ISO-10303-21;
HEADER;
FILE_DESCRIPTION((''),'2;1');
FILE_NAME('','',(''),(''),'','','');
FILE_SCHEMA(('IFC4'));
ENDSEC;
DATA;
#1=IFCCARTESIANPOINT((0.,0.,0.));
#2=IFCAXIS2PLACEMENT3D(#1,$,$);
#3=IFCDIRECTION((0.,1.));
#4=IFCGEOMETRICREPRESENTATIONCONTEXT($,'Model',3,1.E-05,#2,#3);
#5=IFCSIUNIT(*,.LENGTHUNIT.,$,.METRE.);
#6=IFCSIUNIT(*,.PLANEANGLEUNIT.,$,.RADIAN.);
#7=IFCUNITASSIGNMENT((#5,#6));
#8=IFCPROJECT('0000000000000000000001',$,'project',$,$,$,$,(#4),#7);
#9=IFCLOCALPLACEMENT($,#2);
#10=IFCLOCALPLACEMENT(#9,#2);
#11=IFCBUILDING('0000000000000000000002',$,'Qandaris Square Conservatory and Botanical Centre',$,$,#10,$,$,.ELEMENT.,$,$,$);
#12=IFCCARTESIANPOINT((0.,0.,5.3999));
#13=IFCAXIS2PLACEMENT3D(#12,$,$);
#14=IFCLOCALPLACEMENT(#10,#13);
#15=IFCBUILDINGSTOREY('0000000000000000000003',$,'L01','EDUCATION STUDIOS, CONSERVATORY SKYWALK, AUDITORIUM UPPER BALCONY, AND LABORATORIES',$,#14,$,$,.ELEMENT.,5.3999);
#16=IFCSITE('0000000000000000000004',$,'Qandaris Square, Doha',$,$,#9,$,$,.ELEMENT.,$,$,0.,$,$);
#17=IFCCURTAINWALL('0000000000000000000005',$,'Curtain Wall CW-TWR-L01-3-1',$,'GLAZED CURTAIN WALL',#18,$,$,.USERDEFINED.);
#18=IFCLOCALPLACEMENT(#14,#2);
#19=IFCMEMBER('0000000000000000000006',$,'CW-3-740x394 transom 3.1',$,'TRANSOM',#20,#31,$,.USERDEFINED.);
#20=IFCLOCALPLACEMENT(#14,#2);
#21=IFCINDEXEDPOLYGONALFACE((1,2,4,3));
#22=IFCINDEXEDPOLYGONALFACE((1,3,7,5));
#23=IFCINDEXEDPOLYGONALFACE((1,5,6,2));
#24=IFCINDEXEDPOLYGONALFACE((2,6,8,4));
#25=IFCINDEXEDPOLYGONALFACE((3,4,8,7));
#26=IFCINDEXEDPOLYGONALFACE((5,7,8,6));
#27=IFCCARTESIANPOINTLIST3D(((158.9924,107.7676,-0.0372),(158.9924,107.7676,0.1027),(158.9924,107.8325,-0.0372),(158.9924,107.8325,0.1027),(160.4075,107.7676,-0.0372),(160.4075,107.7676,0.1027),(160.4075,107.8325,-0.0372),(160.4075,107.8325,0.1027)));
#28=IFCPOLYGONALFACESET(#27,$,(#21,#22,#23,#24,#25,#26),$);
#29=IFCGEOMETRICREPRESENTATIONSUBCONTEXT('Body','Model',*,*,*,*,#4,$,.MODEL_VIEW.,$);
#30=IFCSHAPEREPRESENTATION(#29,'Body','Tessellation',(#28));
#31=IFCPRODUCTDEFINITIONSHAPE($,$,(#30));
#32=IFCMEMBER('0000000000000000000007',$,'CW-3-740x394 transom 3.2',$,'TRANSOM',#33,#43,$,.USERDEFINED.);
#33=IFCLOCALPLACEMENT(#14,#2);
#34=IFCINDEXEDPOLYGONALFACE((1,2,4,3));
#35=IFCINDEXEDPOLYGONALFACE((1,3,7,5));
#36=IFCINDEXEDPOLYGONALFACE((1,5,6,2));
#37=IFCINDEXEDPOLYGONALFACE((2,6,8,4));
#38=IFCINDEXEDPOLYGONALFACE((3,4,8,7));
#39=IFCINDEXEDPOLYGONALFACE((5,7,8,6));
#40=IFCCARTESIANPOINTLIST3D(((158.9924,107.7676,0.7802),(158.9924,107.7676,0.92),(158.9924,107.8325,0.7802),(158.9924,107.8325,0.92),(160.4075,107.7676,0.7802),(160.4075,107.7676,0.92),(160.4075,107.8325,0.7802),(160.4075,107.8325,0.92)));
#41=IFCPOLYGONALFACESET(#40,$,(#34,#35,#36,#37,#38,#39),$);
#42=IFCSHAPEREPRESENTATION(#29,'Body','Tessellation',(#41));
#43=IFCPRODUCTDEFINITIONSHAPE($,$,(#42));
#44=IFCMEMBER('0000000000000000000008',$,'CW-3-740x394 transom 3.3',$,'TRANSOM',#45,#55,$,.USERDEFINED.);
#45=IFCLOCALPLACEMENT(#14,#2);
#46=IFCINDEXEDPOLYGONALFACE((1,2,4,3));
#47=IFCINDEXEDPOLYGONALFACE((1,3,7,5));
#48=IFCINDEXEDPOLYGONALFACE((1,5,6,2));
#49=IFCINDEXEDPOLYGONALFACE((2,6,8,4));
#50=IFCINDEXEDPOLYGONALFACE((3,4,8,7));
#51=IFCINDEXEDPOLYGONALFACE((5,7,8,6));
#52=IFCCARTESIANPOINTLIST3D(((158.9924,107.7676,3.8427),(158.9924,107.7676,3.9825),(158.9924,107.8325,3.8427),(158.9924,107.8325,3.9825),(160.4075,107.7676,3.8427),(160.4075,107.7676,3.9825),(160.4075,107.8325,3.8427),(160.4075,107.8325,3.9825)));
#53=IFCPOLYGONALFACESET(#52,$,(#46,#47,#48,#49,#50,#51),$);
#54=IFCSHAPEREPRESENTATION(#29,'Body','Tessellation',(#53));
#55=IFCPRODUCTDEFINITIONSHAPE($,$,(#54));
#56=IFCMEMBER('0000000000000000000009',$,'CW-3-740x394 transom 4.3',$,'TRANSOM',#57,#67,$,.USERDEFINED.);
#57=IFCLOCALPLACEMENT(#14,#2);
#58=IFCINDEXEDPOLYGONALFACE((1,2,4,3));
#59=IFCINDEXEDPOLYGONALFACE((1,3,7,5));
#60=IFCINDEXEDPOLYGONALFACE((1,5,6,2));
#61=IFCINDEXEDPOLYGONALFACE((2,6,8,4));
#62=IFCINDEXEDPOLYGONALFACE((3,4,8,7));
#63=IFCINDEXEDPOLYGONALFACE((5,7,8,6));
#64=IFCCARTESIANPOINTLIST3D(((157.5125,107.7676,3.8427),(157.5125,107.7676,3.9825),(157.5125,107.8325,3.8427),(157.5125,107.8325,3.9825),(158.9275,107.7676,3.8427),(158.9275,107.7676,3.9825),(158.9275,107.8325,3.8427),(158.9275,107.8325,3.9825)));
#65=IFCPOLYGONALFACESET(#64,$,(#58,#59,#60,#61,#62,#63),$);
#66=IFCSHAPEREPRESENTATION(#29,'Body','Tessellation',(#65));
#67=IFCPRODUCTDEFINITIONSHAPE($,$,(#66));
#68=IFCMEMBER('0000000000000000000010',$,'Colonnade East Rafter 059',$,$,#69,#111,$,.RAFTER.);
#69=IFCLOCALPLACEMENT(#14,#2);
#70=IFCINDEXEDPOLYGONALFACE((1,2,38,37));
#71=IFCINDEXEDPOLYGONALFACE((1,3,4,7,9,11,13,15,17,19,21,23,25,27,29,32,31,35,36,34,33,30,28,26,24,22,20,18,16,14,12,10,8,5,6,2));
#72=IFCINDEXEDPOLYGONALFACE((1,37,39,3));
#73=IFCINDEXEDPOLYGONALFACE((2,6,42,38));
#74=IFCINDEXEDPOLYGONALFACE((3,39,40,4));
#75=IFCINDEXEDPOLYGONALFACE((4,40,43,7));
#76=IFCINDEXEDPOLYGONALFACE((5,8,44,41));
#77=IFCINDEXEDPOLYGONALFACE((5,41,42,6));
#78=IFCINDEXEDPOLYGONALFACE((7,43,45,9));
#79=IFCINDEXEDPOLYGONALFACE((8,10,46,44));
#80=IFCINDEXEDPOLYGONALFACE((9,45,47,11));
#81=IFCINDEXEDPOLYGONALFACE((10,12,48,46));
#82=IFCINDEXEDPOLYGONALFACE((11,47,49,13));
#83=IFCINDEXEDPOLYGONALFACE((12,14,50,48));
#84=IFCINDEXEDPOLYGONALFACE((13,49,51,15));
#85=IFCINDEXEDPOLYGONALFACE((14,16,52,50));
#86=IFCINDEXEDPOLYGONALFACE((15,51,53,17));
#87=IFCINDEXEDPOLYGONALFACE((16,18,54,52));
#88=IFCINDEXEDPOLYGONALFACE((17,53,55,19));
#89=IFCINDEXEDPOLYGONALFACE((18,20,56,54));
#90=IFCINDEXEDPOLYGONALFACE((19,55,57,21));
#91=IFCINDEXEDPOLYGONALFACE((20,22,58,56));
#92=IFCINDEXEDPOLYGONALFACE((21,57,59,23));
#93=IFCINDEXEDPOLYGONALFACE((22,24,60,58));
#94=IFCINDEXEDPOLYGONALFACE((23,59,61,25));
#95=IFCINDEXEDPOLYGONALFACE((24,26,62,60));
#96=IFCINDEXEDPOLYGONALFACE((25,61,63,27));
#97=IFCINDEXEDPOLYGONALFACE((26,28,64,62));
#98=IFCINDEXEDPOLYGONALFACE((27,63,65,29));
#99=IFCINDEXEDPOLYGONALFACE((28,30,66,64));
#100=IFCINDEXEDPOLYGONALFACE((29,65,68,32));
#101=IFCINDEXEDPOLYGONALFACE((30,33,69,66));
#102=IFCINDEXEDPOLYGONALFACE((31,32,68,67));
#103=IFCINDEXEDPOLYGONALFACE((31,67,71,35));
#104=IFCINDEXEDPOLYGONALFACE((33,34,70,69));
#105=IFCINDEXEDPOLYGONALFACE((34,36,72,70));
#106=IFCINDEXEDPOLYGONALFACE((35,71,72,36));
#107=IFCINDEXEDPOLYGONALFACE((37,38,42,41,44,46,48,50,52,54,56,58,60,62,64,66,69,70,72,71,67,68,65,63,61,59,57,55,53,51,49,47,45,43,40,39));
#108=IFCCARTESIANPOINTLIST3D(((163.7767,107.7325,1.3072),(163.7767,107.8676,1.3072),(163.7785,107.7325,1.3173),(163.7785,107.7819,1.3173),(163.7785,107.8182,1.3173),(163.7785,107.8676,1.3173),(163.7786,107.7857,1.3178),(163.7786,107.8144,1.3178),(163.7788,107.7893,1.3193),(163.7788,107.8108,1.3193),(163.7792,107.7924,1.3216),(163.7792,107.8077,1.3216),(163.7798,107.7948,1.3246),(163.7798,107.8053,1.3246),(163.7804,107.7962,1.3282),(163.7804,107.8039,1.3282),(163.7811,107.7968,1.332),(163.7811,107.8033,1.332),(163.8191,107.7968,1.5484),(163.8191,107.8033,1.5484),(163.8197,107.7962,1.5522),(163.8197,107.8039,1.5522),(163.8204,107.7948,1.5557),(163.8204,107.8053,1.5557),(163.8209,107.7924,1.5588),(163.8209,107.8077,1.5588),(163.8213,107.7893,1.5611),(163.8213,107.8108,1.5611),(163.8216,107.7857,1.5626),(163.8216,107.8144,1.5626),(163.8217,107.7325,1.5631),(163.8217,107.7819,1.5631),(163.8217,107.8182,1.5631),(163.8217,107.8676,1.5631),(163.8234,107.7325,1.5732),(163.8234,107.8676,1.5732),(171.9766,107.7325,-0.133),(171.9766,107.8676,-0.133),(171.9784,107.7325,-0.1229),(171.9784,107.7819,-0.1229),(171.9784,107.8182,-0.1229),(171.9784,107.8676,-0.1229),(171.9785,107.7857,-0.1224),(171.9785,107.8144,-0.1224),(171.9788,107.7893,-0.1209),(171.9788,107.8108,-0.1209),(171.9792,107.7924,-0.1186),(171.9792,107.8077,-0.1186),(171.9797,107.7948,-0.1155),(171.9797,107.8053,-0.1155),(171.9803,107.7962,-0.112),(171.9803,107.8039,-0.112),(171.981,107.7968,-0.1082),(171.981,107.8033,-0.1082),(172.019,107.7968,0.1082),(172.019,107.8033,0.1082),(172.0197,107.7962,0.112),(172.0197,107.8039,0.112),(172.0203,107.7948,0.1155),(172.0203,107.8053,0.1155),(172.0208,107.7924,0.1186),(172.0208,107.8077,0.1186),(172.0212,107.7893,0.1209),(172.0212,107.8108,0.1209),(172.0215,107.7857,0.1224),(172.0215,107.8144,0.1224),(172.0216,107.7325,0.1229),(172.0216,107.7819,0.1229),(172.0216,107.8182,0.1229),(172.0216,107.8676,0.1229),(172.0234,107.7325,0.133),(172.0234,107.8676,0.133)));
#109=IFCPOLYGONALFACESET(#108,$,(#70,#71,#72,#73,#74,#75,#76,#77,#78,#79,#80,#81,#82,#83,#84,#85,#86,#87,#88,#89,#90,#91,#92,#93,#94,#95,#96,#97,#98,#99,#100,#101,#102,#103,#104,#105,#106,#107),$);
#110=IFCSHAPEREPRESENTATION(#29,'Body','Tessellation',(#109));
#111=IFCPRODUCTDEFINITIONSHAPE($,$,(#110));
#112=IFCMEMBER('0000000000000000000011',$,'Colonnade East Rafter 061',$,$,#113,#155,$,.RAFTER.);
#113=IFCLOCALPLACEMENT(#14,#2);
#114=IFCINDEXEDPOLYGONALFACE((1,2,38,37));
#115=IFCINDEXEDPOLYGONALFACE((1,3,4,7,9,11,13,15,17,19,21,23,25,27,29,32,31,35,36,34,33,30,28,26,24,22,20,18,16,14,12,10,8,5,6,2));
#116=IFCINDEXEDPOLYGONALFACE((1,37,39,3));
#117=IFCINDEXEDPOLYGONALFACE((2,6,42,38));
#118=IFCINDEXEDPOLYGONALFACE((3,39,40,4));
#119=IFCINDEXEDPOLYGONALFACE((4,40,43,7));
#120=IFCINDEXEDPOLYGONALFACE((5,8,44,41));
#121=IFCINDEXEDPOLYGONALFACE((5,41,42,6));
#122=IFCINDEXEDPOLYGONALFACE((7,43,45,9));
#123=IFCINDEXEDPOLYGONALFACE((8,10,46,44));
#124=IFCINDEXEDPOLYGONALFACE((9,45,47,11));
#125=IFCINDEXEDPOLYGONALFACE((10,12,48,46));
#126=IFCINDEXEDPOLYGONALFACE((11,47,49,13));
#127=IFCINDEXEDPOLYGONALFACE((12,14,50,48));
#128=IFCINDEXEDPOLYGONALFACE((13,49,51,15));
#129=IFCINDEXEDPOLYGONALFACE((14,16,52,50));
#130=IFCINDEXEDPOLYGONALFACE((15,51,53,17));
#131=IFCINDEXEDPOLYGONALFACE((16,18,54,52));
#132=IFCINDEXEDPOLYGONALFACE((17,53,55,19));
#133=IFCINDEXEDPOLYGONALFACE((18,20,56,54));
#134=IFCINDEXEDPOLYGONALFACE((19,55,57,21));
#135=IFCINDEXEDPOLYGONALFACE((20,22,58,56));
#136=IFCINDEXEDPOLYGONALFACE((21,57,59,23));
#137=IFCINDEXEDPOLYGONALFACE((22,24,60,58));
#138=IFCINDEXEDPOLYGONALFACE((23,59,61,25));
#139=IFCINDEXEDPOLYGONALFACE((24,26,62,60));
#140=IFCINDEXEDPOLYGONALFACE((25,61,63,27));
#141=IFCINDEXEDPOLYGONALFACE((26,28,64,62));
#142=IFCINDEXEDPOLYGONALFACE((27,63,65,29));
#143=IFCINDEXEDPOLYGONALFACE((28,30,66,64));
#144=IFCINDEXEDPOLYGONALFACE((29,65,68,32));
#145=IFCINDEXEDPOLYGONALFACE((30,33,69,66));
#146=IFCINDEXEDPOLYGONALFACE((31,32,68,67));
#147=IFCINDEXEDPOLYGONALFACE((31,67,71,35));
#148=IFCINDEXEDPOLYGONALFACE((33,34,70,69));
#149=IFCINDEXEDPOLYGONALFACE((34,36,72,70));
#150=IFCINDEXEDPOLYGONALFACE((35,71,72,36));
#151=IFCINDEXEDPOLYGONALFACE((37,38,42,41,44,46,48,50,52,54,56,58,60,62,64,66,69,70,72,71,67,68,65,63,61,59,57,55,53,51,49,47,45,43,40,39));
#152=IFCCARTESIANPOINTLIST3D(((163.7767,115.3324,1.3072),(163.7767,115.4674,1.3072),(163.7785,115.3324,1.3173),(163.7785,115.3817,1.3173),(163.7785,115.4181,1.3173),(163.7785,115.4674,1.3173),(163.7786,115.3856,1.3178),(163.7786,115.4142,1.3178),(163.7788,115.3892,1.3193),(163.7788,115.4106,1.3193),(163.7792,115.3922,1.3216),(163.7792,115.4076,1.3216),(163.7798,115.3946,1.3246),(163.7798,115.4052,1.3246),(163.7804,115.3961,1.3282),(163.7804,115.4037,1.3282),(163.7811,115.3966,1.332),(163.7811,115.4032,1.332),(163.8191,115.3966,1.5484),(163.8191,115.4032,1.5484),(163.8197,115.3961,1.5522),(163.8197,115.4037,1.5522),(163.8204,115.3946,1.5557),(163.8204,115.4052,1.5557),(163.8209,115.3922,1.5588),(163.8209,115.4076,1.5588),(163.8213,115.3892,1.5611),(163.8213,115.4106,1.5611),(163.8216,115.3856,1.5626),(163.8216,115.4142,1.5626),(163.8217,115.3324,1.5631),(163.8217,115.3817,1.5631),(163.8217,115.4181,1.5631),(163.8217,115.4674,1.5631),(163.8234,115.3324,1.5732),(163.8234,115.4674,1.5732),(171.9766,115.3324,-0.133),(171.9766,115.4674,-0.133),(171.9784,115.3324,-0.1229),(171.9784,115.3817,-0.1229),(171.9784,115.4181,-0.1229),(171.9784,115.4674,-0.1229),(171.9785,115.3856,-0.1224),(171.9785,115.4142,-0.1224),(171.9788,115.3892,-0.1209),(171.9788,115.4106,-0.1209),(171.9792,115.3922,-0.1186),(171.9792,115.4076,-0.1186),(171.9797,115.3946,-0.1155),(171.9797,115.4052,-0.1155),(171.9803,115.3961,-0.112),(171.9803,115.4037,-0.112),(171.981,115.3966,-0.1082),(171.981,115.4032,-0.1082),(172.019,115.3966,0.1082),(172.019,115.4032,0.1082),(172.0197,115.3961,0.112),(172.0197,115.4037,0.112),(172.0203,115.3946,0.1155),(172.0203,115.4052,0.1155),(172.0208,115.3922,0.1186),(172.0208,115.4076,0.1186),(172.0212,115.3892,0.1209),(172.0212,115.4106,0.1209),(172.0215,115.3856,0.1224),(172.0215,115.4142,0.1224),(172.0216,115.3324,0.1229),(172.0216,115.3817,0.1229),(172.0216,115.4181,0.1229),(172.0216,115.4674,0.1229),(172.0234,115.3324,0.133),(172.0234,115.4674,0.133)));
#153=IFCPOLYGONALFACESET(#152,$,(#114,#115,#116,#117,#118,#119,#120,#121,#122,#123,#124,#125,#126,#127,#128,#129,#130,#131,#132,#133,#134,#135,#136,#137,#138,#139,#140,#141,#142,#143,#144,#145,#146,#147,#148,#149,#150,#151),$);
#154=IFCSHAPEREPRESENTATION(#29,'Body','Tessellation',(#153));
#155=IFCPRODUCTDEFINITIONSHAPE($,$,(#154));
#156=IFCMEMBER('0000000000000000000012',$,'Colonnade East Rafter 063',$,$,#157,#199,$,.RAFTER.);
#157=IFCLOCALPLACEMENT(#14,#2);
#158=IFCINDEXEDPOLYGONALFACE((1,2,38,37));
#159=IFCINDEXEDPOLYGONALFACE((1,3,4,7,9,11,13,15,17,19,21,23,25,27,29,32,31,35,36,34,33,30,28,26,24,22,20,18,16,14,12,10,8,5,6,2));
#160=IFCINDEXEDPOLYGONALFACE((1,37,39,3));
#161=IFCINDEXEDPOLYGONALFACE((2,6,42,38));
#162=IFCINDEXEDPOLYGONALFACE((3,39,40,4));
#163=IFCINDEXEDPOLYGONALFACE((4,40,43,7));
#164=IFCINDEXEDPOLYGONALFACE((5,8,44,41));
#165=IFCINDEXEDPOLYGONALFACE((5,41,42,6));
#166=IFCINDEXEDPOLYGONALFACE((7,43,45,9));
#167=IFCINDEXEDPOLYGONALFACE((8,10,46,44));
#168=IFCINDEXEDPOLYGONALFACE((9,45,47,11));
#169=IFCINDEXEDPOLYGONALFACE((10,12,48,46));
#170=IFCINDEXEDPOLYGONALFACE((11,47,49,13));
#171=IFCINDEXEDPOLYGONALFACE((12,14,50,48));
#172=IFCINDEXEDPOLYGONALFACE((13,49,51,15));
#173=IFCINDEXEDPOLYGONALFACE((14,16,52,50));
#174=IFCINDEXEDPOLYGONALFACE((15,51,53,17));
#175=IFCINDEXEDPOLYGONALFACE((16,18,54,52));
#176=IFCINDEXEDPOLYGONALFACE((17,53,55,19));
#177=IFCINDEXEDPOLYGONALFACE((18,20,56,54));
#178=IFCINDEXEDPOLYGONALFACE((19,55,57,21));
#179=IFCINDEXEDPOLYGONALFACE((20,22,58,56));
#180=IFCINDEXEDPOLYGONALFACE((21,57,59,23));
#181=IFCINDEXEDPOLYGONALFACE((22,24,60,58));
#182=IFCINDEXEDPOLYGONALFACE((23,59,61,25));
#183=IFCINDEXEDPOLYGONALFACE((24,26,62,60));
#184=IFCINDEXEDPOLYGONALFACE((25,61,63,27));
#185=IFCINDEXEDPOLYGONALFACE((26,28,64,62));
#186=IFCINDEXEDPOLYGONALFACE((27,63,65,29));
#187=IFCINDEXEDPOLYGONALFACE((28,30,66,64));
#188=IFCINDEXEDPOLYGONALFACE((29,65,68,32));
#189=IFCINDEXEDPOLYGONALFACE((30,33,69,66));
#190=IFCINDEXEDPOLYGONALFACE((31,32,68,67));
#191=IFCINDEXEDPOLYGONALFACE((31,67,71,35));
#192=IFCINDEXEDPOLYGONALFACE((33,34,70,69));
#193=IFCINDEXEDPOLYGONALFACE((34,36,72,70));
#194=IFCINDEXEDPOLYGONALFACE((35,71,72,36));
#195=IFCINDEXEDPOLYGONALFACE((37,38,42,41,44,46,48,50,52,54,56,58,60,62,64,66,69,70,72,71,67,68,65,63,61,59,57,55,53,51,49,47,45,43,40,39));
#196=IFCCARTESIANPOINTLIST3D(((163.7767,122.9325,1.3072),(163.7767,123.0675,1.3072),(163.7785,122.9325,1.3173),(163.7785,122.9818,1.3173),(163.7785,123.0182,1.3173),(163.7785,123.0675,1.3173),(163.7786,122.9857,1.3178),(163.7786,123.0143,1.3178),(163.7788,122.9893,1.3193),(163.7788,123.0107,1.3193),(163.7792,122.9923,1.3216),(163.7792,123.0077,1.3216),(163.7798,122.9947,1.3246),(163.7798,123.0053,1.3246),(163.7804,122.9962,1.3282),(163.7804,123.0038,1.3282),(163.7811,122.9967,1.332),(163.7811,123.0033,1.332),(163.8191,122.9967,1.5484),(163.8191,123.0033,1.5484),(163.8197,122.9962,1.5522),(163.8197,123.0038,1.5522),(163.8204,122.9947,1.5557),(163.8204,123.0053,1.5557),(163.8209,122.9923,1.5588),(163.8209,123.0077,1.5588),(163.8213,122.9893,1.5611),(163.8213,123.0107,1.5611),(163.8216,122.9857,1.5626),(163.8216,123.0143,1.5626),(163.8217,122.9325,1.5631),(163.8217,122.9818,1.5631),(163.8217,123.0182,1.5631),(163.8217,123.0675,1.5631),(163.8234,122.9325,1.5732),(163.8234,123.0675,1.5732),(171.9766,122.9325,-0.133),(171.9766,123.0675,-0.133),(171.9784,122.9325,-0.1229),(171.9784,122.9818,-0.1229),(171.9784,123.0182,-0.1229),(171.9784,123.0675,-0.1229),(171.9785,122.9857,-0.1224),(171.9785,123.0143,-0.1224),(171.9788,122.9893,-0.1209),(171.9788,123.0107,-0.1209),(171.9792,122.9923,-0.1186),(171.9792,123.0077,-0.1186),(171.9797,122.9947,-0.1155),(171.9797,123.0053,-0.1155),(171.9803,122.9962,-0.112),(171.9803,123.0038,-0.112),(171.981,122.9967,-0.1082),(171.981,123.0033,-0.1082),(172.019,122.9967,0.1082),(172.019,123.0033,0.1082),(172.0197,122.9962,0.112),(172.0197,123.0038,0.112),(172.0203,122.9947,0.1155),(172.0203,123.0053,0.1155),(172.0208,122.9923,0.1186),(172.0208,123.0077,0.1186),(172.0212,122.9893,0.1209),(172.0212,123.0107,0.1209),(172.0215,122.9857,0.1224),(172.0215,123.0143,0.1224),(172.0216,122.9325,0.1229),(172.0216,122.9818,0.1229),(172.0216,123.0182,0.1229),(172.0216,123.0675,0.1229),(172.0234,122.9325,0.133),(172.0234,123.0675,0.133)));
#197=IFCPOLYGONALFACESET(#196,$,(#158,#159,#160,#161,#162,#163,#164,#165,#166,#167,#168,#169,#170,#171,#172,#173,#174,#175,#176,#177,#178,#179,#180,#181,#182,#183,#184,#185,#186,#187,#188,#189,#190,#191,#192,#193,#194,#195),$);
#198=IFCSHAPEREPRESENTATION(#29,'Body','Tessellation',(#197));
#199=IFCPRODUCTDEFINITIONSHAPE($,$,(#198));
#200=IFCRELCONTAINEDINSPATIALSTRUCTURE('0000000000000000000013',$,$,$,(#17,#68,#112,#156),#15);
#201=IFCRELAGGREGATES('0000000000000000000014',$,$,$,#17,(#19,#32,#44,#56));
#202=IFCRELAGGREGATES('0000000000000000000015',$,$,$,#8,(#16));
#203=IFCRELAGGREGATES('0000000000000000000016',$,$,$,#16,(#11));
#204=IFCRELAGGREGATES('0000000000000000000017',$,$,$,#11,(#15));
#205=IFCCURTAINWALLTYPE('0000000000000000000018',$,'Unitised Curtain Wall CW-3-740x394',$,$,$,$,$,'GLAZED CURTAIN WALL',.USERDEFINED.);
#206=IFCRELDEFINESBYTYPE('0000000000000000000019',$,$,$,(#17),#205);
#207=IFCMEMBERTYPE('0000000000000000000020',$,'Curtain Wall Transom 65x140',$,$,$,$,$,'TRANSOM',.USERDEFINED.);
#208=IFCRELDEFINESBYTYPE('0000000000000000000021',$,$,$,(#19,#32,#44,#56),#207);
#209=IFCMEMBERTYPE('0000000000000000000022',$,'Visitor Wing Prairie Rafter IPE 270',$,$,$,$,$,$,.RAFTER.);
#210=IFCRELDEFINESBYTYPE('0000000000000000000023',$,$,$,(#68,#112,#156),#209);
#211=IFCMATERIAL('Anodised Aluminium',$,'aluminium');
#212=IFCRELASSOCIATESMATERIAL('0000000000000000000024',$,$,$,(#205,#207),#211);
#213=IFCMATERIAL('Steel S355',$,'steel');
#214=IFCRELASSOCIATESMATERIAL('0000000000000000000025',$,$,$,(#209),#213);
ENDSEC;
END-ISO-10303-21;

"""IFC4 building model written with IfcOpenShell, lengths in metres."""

from ifc_helpers import new_model, si_unit, direction, frame, origin, origin_2d, place, context, subcontext, project, spatial, rectangle, i_section, extrude, material, material_profile, profile_set, type_object, element, aggregate, save


model = new_model("IFC4")

# Units and contexts
model_context = context("Model", 3, precision=1e-05, world=origin(), true_north=direction((0.0, 1.0)))
body_context = subcontext(model_context, "Body", "Model", "MODEL_VIEW")
ifc_project = project(units=[si_unit("LENGTHUNIT", "METRE"), si_unit("PLANEANGLEUNIT", "RADIAN")], contexts=[model_context])

# Site, building, storey
site_placement = place(None, origin())
site = spatial("IfcSite", under=ifc_project, at=site_placement, Name="Qandaris Square, Doha", CompositionType="ELEMENT", RefElevation=0.0)
building_placement = place(site_placement, origin())
building = spatial("IfcBuilding", under=site, at=building_placement, Name="Qandaris Square Conservatory and Botanical Centre", CompositionType="ELEMENT")
storey_placement = place(building_placement, frame((0.0, 0.0, 5.3999)))
storey = spatial("IfcBuildingStorey", under=building, at=storey_placement, Name="L01", Description="EDUCATION STUDIOS, CONSERVATORY SKYWALK, AUDITORIUM UPPER BALCONY, AND LABORATORIES", CompositionType="ELEMENT", Elevation=5.3999)

# Shared definitions
ifc_material_1 = material(Name="Anodised Aluminium", Category="aluminium")

# Curtain wall
curtain_wall_type_1 = type_object("IfcCurtainWallType", Name="Unitised Curtain Wall CW-3-740x394", ElementType="GLAZED CURTAIN WALL", PredefinedType="USERDEFINED", material=ifc_material_1)
curtain_wall_1_placement = place(storey_placement, origin())
curtain_wall_1 = element("IfcCurtainWall", 1, at=curtain_wall_1_placement, inside=storey, type_object=curtain_wall_type_1, Name="Curtain Wall CW-TWR-L01-3-1", ObjectType="GLAZED CURTAIN WALL", PredefinedType="USERDEFINED")

# Members
ifc_material_profile_1 = material_profile(ifc_material_1, rectangle(XDim=0.0649, YDim=0.1399, at=origin_2d()), Name="ALU-TRN 65x140")
ifc_profile_set_1 = profile_set([ifc_material_profile_1], Name="Anodised Aluminium")
member_type_1 = type_object("IfcMemberType", Name="Curtain Wall Transom 65x140", ElementType="TRANSOM", PredefinedType="USERDEFINED", material=ifc_profile_set_1)
member_1_placement = place(storey_placement, frame((160.4075, 107.8, 0.0327), z_axis=(-1.0, 0.0, 0.0), x_axis=(0.0, -1.0, 0.0)))
member_1 = element("IfcMember", 2, at=member_1_placement, type_object=member_type_1, Name="CW-3-740x394 transom 3.1", ObjectType="TRANSOM", PredefinedType="USERDEFINED", context=body_context, shape_type="SweptSolid", body=[
    extrude(rectangle(XDim=0.0649, YDim=0.1399, at=origin_2d()), origin(), (0.0, 0.0, 1.0), 1.415),
])
member_2_placement = place(storey_placement, frame((160.4075, 107.8, 0.8501), z_axis=(-1.0, 0.0, 0.0), x_axis=(0.0, -1.0, 0.0)))
member_2 = element("IfcMember", 3, at=member_2_placement, type_object=member_type_1, Name="CW-3-740x394 transom 3.2", ObjectType="TRANSOM", PredefinedType="USERDEFINED", context=body_context, shape_type="SweptSolid", body=[
    extrude(rectangle(XDim=0.0649, YDim=0.1399, at=origin_2d()), origin(), (0.0, 0.0, 1.0), 1.415),
])
member_3_placement = place(storey_placement, frame((160.4075, 107.8, 3.9126), z_axis=(-1.0, 0.0, 0.0), x_axis=(0.0, -1.0, 0.0)))
member_3 = element("IfcMember", 4, at=member_3_placement, type_object=member_type_1, Name="CW-3-740x394 transom 3.3", ObjectType="TRANSOM", PredefinedType="USERDEFINED", context=body_context, shape_type="SweptSolid", body=[
    extrude(rectangle(XDim=0.0649, YDim=0.1399, at=origin_2d()), origin(), (0.0, 0.0, 1.0), 1.415),
])
member_4_placement = place(storey_placement, frame((158.9275, 107.8, 3.9126), z_axis=(-1.0, 0.0, 0.0), x_axis=(0.0, -1.0, 0.0)))
member_4 = element("IfcMember", 5, at=member_4_placement, type_object=member_type_1, Name="CW-3-740x394 transom 4.3", ObjectType="TRANSOM", PredefinedType="USERDEFINED", context=body_context, shape_type="SweptSolid", body=[
    extrude(rectangle(XDim=0.0649, YDim=0.1399, at=origin_2d()), origin(), (0.0, 0.0, 1.0), 1.415),
])

# Members
ifc_material_2 = material(Name="Steel S355", Category="steel")
ifc_material_profile_2 = material_profile(ifc_material_2, i_section(OverallWidth=0.135, OverallDepth=0.27, WebThickness=0.0066, FlangeThickness=0.0103, FilletRadius=0.0149, at=origin_2d()), Name="IPE 270")
ifc_profile_set_2 = profile_set([ifc_material_profile_2], Name="Steel S355")
member_type_2 = type_object("IfcMemberType", Name="Visitor Wing Prairie Rafter IPE 270", PredefinedType="RAFTER", material=ifc_profile_set_2)
for number, where, z_axis, x_axis, name in (
    (6, (172.0, 107.8, 0.0), (-0.984924, 0.0, 0.172986), (0.0, -1.0, 0.0), "Colonnade East Rafter 059"),
    (7, (172.0, 115.3999, 0.0), (-0.984924, 0.0, 0.172986), (0.0, -1.0, 0.0), "Colonnade East Rafter 061"),
    (8, (172.0, 123.0, 0.0), (-0.984924, 0.0, 0.172986), (0.0, -1.0, 0.0), "Colonnade East Rafter 063"),
):
    element("IfcMember", number, at=place(storey_placement, frame(where, z_axis=z_axis, x_axis=x_axis)), inside=storey, type_object=member_type_2, Name=name, PredefinedType="RAFTER", context=body_context, shape_type="SweptSolid", body=[
        extrude(i_section(OverallWidth=0.135, OverallDepth=0.27, WebThickness=0.0066, FlangeThickness=0.0103, FilletRadius=0.0149, at=origin_2d()), origin(), (0.0, 0.0, 1.0), 8.3254),
    ])

aggregate(curtain_wall_1, [member_1, member_2, member_3, member_4])

save(model, "model.ifc")
